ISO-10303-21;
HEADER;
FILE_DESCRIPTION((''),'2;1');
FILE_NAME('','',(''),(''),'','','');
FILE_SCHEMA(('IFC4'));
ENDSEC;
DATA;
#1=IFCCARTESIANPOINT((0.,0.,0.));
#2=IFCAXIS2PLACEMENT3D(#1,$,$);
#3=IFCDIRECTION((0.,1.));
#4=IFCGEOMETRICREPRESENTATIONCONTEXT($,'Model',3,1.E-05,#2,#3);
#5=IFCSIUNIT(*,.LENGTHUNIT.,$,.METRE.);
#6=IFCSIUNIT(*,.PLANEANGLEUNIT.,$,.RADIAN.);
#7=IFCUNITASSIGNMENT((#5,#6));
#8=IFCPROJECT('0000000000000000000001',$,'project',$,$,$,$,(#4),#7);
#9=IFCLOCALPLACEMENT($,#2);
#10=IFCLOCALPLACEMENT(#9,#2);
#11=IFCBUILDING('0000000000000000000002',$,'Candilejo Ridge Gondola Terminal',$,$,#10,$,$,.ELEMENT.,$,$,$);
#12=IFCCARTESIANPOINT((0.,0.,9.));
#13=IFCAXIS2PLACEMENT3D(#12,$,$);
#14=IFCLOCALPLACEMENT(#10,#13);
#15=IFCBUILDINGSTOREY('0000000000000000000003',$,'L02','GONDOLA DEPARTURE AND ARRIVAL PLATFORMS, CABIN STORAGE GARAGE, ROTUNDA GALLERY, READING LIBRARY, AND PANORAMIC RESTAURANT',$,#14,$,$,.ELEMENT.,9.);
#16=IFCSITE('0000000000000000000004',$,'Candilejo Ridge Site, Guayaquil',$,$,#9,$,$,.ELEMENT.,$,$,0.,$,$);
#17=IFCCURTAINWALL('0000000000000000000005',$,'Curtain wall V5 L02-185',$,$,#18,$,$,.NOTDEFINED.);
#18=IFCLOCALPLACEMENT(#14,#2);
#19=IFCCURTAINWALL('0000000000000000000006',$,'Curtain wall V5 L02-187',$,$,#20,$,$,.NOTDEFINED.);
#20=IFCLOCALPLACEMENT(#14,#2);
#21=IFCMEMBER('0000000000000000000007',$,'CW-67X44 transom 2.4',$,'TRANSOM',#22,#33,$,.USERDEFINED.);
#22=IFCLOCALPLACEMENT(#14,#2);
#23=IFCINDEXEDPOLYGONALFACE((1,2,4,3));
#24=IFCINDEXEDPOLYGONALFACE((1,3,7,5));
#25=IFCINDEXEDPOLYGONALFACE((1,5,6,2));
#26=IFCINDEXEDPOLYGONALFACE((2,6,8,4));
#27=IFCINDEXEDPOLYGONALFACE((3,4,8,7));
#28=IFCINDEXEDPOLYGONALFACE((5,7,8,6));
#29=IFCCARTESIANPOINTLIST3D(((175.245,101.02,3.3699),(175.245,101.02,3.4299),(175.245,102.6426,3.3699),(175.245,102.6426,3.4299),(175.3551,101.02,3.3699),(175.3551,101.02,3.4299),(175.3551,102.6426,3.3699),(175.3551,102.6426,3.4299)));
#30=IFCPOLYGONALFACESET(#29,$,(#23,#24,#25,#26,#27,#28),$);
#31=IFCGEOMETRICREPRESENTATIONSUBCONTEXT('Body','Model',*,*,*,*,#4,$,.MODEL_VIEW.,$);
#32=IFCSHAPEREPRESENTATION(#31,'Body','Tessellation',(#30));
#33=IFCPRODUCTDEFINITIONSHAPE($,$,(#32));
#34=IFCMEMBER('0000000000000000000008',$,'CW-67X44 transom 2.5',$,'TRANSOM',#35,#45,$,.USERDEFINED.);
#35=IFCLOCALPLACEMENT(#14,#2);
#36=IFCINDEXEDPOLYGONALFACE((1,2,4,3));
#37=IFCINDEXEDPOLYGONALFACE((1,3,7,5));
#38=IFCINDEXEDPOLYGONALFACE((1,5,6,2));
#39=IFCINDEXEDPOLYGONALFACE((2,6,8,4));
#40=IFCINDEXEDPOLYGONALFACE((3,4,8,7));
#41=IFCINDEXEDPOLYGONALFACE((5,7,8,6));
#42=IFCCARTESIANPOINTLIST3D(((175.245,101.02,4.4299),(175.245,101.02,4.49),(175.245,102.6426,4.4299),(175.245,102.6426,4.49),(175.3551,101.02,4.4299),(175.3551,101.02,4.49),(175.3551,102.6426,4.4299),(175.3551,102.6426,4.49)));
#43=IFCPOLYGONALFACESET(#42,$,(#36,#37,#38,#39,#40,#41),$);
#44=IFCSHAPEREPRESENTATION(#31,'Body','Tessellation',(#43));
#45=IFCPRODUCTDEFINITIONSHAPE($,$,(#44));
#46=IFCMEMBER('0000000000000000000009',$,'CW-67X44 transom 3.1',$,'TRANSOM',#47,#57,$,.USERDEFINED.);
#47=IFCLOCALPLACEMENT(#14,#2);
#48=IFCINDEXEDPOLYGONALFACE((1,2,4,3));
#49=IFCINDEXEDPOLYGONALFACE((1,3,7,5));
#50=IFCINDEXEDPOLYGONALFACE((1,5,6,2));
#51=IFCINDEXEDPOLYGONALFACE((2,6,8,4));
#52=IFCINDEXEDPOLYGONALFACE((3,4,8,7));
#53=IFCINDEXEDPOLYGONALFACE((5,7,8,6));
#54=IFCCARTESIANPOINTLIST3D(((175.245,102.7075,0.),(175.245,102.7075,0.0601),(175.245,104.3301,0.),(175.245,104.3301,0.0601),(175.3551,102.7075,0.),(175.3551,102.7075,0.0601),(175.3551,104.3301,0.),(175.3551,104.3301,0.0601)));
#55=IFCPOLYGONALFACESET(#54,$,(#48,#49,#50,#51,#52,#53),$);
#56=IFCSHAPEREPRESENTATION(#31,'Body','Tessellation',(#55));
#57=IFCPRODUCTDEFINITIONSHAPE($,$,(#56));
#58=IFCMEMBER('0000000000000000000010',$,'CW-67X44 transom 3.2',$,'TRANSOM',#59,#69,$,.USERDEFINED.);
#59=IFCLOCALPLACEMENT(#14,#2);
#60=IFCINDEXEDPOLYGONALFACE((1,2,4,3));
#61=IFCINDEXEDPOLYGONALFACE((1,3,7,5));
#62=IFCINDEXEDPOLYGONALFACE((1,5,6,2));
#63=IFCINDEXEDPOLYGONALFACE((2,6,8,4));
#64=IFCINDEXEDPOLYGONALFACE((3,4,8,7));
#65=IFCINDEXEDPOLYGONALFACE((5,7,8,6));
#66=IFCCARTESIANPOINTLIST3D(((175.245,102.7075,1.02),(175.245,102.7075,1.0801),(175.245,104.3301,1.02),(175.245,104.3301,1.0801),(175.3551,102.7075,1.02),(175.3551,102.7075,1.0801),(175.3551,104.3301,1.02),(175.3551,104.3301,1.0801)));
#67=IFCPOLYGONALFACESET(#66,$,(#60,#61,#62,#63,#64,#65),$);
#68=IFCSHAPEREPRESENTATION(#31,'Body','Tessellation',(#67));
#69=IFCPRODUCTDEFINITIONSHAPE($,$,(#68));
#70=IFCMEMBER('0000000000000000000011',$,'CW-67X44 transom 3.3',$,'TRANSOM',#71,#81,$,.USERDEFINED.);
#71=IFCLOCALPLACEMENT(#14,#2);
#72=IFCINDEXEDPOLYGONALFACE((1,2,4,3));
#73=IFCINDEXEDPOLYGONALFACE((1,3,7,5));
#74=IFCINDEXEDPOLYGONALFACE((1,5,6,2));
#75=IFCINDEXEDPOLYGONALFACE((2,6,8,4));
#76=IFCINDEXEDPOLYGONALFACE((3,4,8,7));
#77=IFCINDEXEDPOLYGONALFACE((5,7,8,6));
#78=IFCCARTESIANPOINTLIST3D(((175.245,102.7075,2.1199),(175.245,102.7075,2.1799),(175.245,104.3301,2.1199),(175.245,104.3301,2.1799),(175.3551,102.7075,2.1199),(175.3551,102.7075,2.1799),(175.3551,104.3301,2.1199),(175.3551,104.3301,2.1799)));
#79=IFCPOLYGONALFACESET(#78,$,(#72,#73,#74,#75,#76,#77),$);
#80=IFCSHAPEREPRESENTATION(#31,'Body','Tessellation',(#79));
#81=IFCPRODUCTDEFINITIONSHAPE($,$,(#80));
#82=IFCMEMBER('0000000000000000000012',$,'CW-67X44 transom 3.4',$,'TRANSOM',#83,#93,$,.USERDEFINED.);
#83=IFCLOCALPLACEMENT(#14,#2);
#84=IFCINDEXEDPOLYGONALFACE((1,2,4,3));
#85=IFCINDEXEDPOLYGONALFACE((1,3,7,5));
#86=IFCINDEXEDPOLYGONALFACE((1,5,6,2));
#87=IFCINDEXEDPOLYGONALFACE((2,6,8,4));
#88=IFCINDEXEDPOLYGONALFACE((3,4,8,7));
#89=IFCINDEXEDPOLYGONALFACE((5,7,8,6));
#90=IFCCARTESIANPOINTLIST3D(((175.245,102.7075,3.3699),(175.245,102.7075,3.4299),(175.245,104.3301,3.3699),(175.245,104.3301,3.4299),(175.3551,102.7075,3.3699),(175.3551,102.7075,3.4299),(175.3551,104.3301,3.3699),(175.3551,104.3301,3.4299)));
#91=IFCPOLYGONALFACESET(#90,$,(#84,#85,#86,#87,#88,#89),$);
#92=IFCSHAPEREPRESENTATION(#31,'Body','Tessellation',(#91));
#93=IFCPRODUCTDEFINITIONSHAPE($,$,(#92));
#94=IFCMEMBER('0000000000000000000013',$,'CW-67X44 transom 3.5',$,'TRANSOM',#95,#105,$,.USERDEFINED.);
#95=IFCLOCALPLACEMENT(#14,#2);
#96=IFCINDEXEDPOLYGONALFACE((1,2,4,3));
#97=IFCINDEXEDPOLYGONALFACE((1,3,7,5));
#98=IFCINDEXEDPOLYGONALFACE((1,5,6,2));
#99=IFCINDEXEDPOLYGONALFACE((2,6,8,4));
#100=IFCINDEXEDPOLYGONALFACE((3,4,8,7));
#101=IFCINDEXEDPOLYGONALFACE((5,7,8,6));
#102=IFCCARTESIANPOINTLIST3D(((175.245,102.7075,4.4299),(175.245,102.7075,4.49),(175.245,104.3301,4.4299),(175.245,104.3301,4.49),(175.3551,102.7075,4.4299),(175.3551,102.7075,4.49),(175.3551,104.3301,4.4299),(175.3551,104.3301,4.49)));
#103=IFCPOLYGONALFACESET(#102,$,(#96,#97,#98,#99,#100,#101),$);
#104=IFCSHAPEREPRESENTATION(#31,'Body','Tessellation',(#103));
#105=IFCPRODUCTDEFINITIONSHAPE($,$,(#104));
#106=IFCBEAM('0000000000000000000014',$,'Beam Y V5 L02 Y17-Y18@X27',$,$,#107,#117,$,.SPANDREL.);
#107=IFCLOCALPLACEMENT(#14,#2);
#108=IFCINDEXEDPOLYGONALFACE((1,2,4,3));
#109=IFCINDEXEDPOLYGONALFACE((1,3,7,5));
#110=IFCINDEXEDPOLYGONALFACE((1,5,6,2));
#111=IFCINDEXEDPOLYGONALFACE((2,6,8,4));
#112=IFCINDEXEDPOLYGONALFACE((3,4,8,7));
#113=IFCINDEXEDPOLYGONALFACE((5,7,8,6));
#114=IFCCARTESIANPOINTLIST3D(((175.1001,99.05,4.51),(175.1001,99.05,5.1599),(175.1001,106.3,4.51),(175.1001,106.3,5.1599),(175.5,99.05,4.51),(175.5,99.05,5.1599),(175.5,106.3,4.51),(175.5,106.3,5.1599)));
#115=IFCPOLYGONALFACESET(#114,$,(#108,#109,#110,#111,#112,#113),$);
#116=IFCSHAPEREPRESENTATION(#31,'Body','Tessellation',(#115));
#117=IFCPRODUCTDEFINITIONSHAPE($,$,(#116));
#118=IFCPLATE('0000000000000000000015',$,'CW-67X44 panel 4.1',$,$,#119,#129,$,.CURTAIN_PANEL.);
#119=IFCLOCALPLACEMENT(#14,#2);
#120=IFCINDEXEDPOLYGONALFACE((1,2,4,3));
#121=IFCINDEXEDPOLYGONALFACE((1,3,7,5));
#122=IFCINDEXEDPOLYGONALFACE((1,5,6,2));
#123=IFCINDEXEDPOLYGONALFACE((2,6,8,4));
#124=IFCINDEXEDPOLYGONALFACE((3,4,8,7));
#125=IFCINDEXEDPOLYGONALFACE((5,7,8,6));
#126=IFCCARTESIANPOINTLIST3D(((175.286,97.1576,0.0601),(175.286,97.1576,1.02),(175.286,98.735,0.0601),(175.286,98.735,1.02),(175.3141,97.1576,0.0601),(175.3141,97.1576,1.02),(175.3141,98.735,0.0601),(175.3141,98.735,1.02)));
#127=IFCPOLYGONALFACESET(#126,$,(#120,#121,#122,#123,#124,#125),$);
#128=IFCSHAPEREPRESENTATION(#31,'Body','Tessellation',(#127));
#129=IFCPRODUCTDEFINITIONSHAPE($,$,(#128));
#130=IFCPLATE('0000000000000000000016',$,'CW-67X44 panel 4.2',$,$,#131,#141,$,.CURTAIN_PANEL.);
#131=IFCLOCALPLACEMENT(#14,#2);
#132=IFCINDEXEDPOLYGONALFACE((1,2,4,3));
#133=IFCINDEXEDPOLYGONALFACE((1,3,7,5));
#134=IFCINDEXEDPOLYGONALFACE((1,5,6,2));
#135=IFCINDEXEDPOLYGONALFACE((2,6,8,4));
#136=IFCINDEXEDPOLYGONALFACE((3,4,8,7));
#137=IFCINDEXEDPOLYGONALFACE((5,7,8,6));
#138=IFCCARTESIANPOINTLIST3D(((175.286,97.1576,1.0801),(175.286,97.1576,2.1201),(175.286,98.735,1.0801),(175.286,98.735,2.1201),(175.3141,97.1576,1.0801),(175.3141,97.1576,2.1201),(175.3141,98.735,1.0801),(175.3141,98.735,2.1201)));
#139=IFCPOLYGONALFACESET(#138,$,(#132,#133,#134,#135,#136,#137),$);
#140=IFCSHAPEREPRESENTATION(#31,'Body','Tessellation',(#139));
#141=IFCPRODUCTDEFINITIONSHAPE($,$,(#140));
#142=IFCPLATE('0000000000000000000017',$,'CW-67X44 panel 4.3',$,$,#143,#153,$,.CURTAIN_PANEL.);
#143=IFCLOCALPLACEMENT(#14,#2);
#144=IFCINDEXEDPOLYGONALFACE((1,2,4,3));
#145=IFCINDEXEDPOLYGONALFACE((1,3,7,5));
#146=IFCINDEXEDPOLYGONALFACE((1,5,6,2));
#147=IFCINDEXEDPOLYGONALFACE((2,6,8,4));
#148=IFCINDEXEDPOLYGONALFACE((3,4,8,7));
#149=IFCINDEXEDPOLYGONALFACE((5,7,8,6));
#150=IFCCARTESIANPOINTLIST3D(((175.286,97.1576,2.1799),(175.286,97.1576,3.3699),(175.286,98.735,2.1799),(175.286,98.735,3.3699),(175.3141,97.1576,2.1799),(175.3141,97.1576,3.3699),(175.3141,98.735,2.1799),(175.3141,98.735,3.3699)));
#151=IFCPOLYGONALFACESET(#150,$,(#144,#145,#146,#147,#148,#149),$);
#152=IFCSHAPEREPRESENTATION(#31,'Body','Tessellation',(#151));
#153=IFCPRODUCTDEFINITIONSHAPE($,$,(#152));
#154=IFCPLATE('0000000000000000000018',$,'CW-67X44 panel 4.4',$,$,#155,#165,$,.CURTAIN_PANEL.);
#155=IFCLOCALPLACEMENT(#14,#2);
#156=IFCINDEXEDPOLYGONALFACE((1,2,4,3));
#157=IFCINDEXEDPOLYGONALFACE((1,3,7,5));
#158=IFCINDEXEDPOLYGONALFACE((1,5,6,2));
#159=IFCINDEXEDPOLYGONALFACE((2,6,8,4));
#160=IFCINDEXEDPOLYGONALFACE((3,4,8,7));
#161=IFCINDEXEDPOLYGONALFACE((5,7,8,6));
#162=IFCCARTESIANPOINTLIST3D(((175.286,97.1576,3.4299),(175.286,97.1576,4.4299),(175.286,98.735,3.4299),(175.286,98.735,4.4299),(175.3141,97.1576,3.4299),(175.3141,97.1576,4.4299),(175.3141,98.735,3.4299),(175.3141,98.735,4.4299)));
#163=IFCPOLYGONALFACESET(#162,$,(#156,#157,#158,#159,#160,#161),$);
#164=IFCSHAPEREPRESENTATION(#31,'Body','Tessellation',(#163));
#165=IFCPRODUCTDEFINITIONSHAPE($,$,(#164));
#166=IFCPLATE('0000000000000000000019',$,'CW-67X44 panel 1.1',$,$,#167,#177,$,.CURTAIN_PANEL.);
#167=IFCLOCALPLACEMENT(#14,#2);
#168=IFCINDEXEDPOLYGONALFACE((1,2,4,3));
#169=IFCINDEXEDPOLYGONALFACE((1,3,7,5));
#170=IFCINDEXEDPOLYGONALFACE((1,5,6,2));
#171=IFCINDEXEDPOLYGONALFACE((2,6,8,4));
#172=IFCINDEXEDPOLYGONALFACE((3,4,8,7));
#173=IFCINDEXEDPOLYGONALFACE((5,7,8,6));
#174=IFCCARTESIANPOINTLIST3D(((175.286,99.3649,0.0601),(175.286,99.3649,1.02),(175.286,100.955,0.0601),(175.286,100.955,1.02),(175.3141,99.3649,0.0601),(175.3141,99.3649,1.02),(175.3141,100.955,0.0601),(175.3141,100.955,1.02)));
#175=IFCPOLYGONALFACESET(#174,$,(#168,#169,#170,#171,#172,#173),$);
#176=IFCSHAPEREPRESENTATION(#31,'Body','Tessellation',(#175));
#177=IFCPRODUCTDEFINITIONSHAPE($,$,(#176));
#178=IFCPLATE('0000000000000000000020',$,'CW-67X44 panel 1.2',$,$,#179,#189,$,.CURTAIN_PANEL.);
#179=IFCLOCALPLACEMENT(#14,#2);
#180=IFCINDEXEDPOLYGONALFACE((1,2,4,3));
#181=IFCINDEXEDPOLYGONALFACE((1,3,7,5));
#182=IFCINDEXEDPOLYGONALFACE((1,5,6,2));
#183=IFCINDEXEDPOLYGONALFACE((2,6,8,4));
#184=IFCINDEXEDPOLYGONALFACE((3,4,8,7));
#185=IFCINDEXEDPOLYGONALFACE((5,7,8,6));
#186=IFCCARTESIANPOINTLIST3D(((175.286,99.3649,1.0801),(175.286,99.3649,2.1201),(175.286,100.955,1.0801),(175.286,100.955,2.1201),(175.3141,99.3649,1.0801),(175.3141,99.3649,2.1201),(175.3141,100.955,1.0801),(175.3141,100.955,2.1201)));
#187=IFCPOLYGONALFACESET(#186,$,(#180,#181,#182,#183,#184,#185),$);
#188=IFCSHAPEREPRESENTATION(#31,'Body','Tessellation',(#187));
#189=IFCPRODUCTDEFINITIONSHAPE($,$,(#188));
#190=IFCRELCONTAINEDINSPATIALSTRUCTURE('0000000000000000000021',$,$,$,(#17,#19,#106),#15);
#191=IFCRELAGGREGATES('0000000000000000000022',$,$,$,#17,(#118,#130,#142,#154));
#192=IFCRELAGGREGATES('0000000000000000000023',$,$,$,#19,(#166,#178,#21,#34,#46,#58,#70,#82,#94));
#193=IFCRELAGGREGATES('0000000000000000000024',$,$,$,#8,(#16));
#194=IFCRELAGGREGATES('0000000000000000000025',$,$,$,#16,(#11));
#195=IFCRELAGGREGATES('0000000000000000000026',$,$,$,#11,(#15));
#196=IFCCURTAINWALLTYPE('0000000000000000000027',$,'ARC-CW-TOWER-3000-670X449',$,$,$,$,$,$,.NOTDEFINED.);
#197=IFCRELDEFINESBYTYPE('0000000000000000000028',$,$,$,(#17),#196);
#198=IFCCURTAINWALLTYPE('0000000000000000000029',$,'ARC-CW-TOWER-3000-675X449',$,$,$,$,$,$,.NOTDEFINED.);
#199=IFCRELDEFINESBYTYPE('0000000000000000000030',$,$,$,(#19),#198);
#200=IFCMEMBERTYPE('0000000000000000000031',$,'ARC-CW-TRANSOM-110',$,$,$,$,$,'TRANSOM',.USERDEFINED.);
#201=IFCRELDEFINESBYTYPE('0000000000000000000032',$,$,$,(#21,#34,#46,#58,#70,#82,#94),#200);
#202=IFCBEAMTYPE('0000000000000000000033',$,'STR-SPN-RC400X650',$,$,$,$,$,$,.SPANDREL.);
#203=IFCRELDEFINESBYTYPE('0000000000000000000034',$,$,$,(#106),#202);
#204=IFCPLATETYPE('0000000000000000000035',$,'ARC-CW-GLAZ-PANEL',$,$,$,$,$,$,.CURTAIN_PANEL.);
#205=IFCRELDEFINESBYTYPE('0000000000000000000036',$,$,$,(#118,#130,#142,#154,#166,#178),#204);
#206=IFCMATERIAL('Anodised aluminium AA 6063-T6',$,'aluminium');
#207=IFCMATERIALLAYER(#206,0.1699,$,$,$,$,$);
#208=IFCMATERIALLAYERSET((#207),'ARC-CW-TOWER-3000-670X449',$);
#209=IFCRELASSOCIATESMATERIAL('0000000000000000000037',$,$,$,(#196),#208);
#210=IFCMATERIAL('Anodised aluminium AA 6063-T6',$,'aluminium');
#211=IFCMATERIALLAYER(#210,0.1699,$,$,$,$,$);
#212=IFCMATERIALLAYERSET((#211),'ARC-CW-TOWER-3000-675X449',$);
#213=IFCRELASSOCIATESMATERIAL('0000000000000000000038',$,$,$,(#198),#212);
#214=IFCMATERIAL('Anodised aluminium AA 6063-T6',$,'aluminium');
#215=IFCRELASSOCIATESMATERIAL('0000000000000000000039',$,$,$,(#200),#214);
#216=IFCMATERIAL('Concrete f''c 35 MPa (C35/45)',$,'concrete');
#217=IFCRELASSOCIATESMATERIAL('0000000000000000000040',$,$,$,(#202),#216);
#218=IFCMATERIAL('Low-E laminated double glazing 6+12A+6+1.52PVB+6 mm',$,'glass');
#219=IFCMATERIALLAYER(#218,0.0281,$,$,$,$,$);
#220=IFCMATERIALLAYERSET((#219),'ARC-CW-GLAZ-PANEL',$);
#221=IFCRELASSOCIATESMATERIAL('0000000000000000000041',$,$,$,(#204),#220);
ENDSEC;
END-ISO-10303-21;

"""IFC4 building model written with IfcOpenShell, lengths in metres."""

from ifc_helpers import new_model, si_unit, direction, frame, origin, origin_2d, place, context, subcontext, project, spatial, rectangle, extrude, material, layer, layer_set, material_profile, profile_set, type_object, element, aggregate, save


model = new_model("IFC4")

# Units and contexts
model_context = context("Model", 3, precision=1e-05, world=origin(), true_north=direction((0.0, 1.0)))
body_context = subcontext(model_context, "Body", "Model", "MODEL_VIEW")
ifc_project = project(units=[si_unit("LENGTHUNIT", "METRE"), si_unit("PLANEANGLEUNIT", "RADIAN")], contexts=[model_context])

# Site, building, storey
site_placement = place(None, origin())
site = spatial("IfcSite", under=ifc_project, at=site_placement, Name="Candilejo Ridge Site, Guayaquil", CompositionType="ELEMENT", RefElevation=0.0)
building_placement = place(site_placement, origin())
building = spatial("IfcBuilding", under=site, at=building_placement, Name="Candilejo Ridge Gondola Terminal", CompositionType="ELEMENT")
storey_placement = place(building_placement, frame((0.0, 0.0, 9.0)))
storey = spatial("IfcBuildingStorey", under=building, at=storey_placement, Name="L02", Description="GONDOLA DEPARTURE AND ARRIVAL PLATFORMS, CABIN STORAGE GARAGE, ROTUNDA GALLERY, READING LIBRARY, AND PANORAMIC RESTAURANT", CompositionType="ELEMENT", Elevation=9.0)

# Curtain wall
ifc_material_1 = material(Name="Anodised aluminium AA 6063-T6", Category="aluminium")
ifc_layer_1 = layer(ifc_material_1, 0.1699)
ifc_layer_set_1 = layer_set([ifc_layer_1], Name="ARC-CW-TOWER-3000-670X449")
curtain_wall_type_1 = type_object("IfcCurtainWallType", Name="ARC-CW-TOWER-3000-670X449", PredefinedType="NOTDEFINED", material=ifc_layer_set_1)
curtain_wall_1_placement = place(storey_placement, origin())
curtain_wall_1 = element("IfcCurtainWall", 1, at=curtain_wall_1_placement, inside=storey, type_object=curtain_wall_type_1, Name="Curtain wall V5 L02-185", PredefinedType="NOTDEFINED")

# Curtain wall
ifc_material_2 = material(Name="Anodised aluminium AA 6063-T6", Category="aluminium")
ifc_layer_2 = layer(ifc_material_2, 0.1699)
ifc_layer_set_2 = layer_set([ifc_layer_2], Name="ARC-CW-TOWER-3000-675X449")
curtain_wall_type_2 = type_object("IfcCurtainWallType", Name="ARC-CW-TOWER-3000-675X449", PredefinedType="NOTDEFINED", material=ifc_layer_set_2)
curtain_wall_2_placement = place(storey_placement, origin())
curtain_wall_2 = element("IfcCurtainWall", 2, at=curtain_wall_2_placement, inside=storey, type_object=curtain_wall_type_2, Name="Curtain wall V5 L02-187", PredefinedType="NOTDEFINED")

# Members
ifc_material_3 = material(Name="Anodised aluminium AA 6063-T6", Category="aluminium")
ifc_material_profile_1 = material_profile(ifc_material_3, rectangle(XDim=0.1101, YDim=0.0601, at=origin_2d()))
ifc_profile_set_1 = profile_set([ifc_material_profile_1], Name="Anodised aluminium AA 6063-T6")
member_type_1 = type_object("IfcMemberType", Name="ARC-CW-TRANSOM-110", ElementType="TRANSOM", PredefinedType="USERDEFINED", material=ifc_profile_set_1)
member_1_placement = place(storey_placement, frame((175.3, 101.02, 3.3999), z_axis=(0.0, 1.0, 0.0), x_axis=(-1.0, 0.0, 0.0)))
member_1 = element("IfcMember", 3, at=member_1_placement, type_object=member_type_1, Name="CW-67X44 transom 2.4", ObjectType="TRANSOM", PredefinedType="USERDEFINED", context=body_context, shape_type="SweptSolid", body=[
    extrude(rectangle(XDim=0.1101, YDim=0.0601, at=origin_2d()), origin(), (0.0, 0.0, 1.0), 1.6226),
])
member_2_placement = place(storey_placement, frame((175.3, 101.02, 4.46), z_axis=(0.0, 1.0, 0.0), x_axis=(-1.0, 0.0, 0.0)))
member_2 = element("IfcMember", 4, at=member_2_placement, type_object=member_type_1, Name="CW-67X44 transom 2.5", ObjectType="TRANSOM", PredefinedType="USERDEFINED", context=body_context, shape_type="SweptSolid", body=[
    extrude(rectangle(XDim=0.1101, YDim=0.0601, at=origin_2d()), origin(), (0.0, 0.0, 1.0), 1.6226),
])
member_3_placement = place(storey_placement, frame((175.3, 102.7075, 0.03), z_axis=(0.0, 1.0, 0.0), x_axis=(-1.0, 0.0, 0.0)))
member_3 = element("IfcMember", 5, at=member_3_placement, type_object=member_type_1, Name="CW-67X44 transom 3.1", ObjectType="TRANSOM", PredefinedType="USERDEFINED", context=body_context, shape_type="SweptSolid", body=[
    extrude(rectangle(XDim=0.1101, YDim=0.0601, at=origin_2d()), origin(), (0.0, 0.0, 1.0), 1.6226),
])
member_4_placement = place(storey_placement, frame((175.3, 102.7075, 1.05), z_axis=(0.0, 1.0, 0.0), x_axis=(-1.0, 0.0, 0.0)))
member_4 = element("IfcMember", 6, at=member_4_placement, type_object=member_type_1, Name="CW-67X44 transom 3.2", ObjectType="TRANSOM", PredefinedType="USERDEFINED", context=body_context, shape_type="SweptSolid", body=[
    extrude(rectangle(XDim=0.1101, YDim=0.0601, at=origin_2d()), origin(), (0.0, 0.0, 1.0), 1.6226),
])
member_5_placement = place(storey_placement, frame((175.3, 102.7075, 2.1499), z_axis=(0.0, 1.0, 0.0), x_axis=(-1.0, 0.0, 0.0)))
member_5 = element("IfcMember", 7, at=member_5_placement, type_object=member_type_1, Name="CW-67X44 transom 3.3", ObjectType="TRANSOM", PredefinedType="USERDEFINED", context=body_context, shape_type="SweptSolid", body=[
    extrude(rectangle(XDim=0.1101, YDim=0.0601, at=origin_2d()), origin(), (0.0, 0.0, 1.0), 1.6226),
])
member_6_placement = place(storey_placement, frame((175.3, 102.7075, 3.3999), z_axis=(0.0, 1.0, 0.0), x_axis=(-1.0, 0.0, 0.0)))
member_6 = element("IfcMember", 8, at=member_6_placement, type_object=member_type_1, Name="CW-67X44 transom 3.4", ObjectType="TRANSOM", PredefinedType="USERDEFINED", context=body_context, shape_type="SweptSolid", body=[
    extrude(rectangle(XDim=0.1101, YDim=0.0601, at=origin_2d()), origin(), (0.0, 0.0, 1.0), 1.6226),
])
member_7_placement = place(storey_placement, frame((175.3, 102.7075, 4.46), z_axis=(0.0, 1.0, 0.0), x_axis=(-1.0, 0.0, 0.0)))
member_7 = element("IfcMember", 9, at=member_7_placement, type_object=member_type_1, Name="CW-67X44 transom 3.5", ObjectType="TRANSOM", PredefinedType="USERDEFINED", context=body_context, shape_type="SweptSolid", body=[
    extrude(rectangle(XDim=0.1101, YDim=0.0601, at=origin_2d()), origin(), (0.0, 0.0, 1.0), 1.6226),
])

# Beam
ifc_material_4 = material(Name="Concrete f'c 35 MPa (C35/45)", Category="concrete")
ifc_material_profile_2 = material_profile(ifc_material_4, rectangle(XDim=0.3999, YDim=0.6499, at=origin_2d()))
ifc_profile_set_2 = profile_set([ifc_material_profile_2], Name="Concrete f'c 35 MPa (C35/45)")
beam_type = type_object("IfcBeamType", Name="STR-SPN-RC400X650", PredefinedType="SPANDREL", material=ifc_profile_set_2)
beam_placement = place(storey_placement, frame((175.3, 99.05, 4.835), z_axis=(0.0, 1.0, 0.0), x_axis=(-1.0, 0.0, 0.0)))
element("IfcBeam", 10, at=beam_placement, inside=storey, type_object=beam_type, Name="Beam Y V5 L02 Y17-Y18@X27", PredefinedType="SPANDREL", context=body_context, shape_type="SweptSolid", body=[
    extrude(rectangle(XDim=0.3999, YDim=0.6499, at=origin_2d()), origin(), (0.0, 0.0, 1.0), 7.25),
])

# Plates
ifc_material_5 = material(Name="Low-E laminated double glazing 6+12A+6+1.52PVB+6 mm", Category="glass")
ifc_layer_3 = layer(ifc_material_5, 0.0281)
ifc_layer_set_3 = layer_set([ifc_layer_3], Name="ARC-CW-GLAZ-PANEL")
plate_type = type_object("IfcPlateType", Name="ARC-CW-GLAZ-PANEL", PredefinedType="CURTAIN_PANEL", material=ifc_layer_set_3)
plate_1_placement = place(storey_placement, frame((175.3, 97.9463, 0.0601), z_axis=(0.0, 0.0, 1.0), x_axis=(0.0, 1.0, 0.0)))
plate_1 = element("IfcPlate", 11, at=plate_1_placement, type_object=plate_type, Name="CW-67X44 panel 4.1", PredefinedType="CURTAIN_PANEL", context=body_context, shape_type="SweptSolid", body=[
    extrude(rectangle(XDim=1.5774, YDim=0.0281, at=origin_2d()), origin(), (0.0, 0.0, 1.0), 0.96),
])
plate_2_placement = place(storey_placement, frame((175.3, 97.9463, 1.0801), z_axis=(0.0, 0.0, 1.0), x_axis=(0.0, 1.0, 0.0)))
plate_2 = element("IfcPlate", 12, at=plate_2_placement, type_object=plate_type, Name="CW-67X44 panel 4.2", PredefinedType="CURTAIN_PANEL", context=body_context, shape_type="SweptSolid", body=[
    extrude(rectangle(XDim=1.5774, YDim=0.0281, at=origin_2d()), origin(), (0.0, 0.0, 1.0), 1.04),
])
plate_3_placement = place(storey_placement, frame((175.3, 97.9463, 2.1799), z_axis=(0.0, 0.0, 1.0), x_axis=(0.0, 1.0, 0.0)))
plate_3 = element("IfcPlate", 13, at=plate_3_placement, type_object=plate_type, Name="CW-67X44 panel 4.3", PredefinedType="CURTAIN_PANEL", context=body_context, shape_type="SweptSolid", body=[
    extrude(rectangle(XDim=1.5774, YDim=0.0281, at=origin_2d()), origin(), (0.0, 0.0, 1.0), 1.1899),
])
plate_4_placement = place(storey_placement, frame((175.3, 97.9463, 3.4299), z_axis=(0.0, 0.0, 1.0), x_axis=(0.0, 1.0, 0.0)))
plate_4 = element("IfcPlate", 14, at=plate_4_placement, type_object=plate_type, Name="CW-67X44 panel 4.4", PredefinedType="CURTAIN_PANEL", context=body_context, shape_type="SweptSolid", body=[
    extrude(rectangle(XDim=1.5774, YDim=0.0281, at=origin_2d()), origin(), (0.0, 0.0, 1.0), 1.0),
])
aggregate(curtain_wall_1, [plate_1, plate_2, plate_3, plate_4])
plate_5_placement = place(storey_placement, frame((175.3, 100.1599, 0.0601), z_axis=(0.0, 0.0, 1.0), x_axis=(0.0, 1.0, 0.0)))
plate_5 = element("IfcPlate", 15, at=plate_5_placement, type_object=plate_type, Name="CW-67X44 panel 1.1", PredefinedType="CURTAIN_PANEL", context=body_context, shape_type="SweptSolid", body=[
    extrude(rectangle(XDim=1.5901, YDim=0.0281, at=origin_2d()), origin(), (0.0, 0.0, 1.0), 0.96),
])
plate_6_placement = place(storey_placement, frame((175.3, 100.1599, 1.0801), z_axis=(0.0, 0.0, 1.0), x_axis=(0.0, 1.0, 0.0)))
plate_6 = element("IfcPlate", 16, at=plate_6_placement, type_object=plate_type, Name="CW-67X44 panel 1.2", PredefinedType="CURTAIN_PANEL", context=body_context, shape_type="SweptSolid", body=[
    extrude(rectangle(XDim=1.5901, YDim=0.0281, at=origin_2d()), origin(), (0.0, 0.0, 1.0), 1.04),
])
aggregate(curtain_wall_2, [plate_5, plate_6, member_1, member_2, member_3, member_4, member_5, member_6, member_7])

save(model, "model.ifc")
